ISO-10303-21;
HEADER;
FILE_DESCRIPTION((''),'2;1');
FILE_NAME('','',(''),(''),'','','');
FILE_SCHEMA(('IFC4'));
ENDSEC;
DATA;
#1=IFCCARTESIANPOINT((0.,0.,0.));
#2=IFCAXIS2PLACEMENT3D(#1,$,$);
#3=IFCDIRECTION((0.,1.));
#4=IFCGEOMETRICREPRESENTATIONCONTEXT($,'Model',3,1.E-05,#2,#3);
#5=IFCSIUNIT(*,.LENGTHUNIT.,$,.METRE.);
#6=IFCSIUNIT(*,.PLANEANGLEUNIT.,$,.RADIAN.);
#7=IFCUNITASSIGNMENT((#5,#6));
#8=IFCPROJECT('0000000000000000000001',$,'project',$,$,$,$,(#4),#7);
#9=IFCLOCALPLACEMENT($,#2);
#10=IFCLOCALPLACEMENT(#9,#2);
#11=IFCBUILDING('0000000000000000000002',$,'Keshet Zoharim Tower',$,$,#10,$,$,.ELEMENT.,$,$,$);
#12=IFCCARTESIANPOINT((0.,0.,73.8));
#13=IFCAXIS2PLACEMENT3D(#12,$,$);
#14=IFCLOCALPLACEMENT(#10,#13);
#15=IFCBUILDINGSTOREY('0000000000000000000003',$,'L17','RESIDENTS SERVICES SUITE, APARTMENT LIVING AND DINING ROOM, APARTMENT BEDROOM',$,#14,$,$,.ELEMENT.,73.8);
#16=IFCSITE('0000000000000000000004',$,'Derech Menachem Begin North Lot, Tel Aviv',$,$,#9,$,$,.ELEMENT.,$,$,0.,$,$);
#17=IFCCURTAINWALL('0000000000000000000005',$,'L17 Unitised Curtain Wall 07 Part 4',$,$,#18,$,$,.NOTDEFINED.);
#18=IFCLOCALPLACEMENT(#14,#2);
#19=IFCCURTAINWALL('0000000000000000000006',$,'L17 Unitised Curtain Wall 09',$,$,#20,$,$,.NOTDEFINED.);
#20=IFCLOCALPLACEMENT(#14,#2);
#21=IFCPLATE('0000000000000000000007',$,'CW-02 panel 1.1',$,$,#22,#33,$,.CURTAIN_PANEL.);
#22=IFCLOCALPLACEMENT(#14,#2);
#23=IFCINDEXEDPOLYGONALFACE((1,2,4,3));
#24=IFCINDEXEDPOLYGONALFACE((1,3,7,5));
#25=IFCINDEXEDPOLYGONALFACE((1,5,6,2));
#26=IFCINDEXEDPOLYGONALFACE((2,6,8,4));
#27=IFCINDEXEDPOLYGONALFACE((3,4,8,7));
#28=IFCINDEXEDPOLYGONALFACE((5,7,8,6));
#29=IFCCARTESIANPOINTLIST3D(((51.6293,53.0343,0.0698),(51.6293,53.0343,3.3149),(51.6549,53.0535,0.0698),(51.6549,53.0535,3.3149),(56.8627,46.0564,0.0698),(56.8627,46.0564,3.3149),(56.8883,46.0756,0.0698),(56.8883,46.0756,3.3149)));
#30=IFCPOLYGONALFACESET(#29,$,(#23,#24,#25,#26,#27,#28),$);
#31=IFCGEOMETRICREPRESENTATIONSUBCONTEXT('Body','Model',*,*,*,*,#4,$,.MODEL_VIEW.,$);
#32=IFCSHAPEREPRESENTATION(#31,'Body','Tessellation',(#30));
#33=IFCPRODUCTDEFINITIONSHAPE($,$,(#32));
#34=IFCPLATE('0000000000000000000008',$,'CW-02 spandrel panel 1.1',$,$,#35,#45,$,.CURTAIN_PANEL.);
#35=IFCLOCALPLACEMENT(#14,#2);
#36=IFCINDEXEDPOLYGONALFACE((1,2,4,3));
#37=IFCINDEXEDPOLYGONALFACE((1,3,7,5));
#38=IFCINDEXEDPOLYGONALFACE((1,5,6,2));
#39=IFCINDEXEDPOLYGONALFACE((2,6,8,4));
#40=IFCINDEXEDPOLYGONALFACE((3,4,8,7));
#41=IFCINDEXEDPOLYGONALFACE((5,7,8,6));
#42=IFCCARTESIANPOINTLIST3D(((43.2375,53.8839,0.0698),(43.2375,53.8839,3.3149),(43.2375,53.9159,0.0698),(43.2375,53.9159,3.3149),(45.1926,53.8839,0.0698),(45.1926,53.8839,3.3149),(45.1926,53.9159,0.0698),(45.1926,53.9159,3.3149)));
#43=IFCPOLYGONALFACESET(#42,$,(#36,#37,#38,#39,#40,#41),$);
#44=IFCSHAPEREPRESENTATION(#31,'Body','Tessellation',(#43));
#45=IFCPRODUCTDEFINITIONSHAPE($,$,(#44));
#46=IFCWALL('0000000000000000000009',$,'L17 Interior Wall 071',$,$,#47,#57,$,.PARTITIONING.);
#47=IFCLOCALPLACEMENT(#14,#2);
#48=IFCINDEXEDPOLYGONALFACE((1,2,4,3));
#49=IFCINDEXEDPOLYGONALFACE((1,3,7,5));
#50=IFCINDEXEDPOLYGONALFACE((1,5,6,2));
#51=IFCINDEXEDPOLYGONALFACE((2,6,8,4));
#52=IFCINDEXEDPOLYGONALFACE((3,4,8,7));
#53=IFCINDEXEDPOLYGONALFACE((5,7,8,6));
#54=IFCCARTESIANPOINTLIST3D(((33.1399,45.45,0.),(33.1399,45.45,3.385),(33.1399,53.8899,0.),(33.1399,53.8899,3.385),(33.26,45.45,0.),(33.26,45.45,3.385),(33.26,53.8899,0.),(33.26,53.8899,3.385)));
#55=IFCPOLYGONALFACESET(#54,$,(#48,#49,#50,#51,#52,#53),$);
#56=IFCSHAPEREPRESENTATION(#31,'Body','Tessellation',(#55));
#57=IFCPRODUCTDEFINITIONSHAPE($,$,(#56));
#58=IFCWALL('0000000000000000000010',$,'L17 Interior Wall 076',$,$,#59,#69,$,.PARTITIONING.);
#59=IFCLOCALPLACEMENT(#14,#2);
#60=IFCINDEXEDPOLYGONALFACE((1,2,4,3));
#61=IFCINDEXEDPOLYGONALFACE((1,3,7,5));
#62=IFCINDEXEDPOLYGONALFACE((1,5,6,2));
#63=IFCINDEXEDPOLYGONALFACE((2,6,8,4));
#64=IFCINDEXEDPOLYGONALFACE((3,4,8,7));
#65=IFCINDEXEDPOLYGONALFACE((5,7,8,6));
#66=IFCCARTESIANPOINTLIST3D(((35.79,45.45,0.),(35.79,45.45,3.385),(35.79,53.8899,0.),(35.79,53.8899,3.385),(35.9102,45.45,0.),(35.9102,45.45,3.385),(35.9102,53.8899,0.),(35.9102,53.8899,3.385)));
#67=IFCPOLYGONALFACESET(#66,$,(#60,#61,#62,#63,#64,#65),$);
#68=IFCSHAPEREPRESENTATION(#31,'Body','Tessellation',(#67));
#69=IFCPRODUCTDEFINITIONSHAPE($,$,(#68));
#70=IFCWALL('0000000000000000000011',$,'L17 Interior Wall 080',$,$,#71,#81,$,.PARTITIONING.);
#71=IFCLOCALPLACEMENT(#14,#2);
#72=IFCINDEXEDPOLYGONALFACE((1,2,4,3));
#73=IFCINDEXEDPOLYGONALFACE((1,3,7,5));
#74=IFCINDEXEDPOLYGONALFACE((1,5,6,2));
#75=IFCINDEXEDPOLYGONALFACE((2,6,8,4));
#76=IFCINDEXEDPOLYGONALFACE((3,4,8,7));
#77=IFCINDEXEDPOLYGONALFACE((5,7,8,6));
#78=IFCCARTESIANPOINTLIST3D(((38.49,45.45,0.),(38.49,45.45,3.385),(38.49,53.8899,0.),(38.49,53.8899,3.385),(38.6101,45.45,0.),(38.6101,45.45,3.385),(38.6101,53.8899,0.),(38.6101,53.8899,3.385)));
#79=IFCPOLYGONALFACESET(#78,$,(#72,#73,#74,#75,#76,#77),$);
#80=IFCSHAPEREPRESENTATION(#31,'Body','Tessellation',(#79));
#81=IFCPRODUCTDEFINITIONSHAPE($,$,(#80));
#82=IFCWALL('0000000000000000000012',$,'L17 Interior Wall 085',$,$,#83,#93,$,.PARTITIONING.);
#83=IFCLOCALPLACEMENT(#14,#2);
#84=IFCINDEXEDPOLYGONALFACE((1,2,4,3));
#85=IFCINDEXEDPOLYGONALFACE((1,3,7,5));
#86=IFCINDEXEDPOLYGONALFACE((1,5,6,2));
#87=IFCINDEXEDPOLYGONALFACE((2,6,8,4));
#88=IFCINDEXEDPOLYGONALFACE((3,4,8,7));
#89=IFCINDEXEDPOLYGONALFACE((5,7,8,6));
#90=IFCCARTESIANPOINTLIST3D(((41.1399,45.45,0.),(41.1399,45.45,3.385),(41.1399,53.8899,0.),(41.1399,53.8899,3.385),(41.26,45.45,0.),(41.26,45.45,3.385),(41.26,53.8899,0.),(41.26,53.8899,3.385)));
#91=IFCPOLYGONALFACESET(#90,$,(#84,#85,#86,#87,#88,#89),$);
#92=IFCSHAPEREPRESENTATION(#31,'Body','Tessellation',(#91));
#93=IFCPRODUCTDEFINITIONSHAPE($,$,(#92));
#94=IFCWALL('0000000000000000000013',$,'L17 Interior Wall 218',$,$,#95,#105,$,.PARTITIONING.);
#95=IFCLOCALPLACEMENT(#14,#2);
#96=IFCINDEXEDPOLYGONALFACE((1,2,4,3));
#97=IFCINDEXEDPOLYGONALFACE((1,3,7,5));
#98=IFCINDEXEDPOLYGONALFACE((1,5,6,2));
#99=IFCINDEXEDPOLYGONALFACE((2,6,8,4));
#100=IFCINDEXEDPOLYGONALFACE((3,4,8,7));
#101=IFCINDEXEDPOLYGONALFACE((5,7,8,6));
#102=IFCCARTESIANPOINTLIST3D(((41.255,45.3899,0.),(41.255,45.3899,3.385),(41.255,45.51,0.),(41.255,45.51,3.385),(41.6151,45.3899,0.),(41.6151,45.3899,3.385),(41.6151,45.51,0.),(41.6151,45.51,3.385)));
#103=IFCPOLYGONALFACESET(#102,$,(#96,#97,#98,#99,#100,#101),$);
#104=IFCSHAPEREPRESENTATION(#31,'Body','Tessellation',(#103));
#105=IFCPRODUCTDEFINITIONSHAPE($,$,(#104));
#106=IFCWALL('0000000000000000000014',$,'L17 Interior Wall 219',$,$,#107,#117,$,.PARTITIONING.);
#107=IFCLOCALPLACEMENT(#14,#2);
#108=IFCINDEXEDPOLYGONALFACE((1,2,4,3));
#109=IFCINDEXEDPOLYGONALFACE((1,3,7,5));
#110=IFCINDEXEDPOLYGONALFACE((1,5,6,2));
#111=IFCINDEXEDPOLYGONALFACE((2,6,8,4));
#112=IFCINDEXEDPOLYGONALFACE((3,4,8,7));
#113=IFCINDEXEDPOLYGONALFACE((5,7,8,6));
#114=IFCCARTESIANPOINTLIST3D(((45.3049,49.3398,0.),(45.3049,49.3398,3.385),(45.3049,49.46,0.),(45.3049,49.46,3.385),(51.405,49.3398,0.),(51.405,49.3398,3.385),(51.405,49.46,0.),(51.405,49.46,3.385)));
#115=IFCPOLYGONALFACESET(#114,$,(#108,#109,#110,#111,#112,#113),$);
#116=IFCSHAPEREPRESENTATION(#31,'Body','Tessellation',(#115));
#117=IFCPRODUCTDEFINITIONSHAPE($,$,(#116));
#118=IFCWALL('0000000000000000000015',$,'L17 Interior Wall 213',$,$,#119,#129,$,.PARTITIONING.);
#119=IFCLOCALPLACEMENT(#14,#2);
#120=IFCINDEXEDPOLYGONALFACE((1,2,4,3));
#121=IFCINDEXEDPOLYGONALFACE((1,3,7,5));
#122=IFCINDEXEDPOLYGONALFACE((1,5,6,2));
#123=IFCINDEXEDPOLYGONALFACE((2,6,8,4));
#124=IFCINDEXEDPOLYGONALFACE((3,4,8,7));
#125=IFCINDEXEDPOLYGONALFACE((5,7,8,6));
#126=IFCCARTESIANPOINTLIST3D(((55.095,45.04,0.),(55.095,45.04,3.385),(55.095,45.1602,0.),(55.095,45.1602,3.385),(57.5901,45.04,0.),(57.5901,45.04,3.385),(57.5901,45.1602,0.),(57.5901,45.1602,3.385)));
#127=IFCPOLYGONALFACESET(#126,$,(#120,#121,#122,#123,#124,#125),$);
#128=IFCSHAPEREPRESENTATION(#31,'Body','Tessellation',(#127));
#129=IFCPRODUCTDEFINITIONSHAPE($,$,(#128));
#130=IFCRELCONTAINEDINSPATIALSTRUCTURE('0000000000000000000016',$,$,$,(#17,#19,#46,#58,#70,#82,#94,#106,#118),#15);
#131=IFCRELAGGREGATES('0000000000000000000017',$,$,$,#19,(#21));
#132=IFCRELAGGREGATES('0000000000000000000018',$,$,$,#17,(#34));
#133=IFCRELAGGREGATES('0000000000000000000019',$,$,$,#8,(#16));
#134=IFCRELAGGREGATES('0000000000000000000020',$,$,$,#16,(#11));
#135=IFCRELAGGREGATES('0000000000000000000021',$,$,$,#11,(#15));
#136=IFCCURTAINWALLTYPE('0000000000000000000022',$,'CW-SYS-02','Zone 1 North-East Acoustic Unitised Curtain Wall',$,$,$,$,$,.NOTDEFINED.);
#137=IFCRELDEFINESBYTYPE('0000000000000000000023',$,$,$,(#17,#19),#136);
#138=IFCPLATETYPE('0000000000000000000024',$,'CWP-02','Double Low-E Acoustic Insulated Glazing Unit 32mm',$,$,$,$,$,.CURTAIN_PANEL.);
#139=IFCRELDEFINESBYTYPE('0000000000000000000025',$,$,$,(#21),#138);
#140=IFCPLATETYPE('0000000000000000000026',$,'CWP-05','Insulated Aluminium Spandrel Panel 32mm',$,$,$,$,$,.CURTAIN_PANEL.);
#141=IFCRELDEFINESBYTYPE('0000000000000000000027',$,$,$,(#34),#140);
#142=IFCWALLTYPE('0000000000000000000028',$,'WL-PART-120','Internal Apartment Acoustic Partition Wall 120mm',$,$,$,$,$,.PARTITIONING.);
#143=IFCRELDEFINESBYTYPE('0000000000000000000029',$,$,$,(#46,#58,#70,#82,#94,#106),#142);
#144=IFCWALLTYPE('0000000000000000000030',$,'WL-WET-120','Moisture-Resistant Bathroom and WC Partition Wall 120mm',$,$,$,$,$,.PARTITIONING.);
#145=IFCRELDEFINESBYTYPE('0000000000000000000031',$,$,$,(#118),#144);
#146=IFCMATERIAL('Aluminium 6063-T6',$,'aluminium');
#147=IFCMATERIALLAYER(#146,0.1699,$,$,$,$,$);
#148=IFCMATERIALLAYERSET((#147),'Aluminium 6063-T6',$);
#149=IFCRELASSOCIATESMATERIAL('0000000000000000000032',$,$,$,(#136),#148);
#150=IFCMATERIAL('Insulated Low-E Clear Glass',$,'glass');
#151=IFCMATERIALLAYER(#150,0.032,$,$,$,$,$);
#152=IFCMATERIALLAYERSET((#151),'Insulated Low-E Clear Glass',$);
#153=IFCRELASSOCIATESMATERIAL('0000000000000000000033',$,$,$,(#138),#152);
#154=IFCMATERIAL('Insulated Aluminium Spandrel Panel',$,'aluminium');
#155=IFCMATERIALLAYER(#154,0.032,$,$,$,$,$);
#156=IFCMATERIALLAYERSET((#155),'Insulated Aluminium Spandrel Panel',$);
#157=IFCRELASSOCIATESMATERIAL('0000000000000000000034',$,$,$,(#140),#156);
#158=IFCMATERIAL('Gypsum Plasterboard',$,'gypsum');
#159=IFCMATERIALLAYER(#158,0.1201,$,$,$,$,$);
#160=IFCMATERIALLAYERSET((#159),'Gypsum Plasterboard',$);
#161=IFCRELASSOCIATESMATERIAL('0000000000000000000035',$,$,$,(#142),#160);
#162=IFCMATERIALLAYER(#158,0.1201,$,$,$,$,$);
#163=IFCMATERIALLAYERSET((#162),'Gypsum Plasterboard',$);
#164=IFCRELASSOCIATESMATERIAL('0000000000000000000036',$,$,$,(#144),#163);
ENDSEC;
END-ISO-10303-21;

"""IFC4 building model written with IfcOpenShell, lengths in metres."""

from ifc_helpers import new_model, si_unit, direction, frame, frame_2d, origin, origin_2d, place, context, subcontext, project, spatial, rectangle, extrude, material, layer, layer_set, type_object, element, aggregate, save


model = new_model("IFC4")

# Units and contexts
model_context = context("Model", 3, precision=1e-05, world=origin(), true_north=direction((0.0, 1.0)))
body_context = subcontext(model_context, "Body", "Model", "MODEL_VIEW")
ifc_project = project(units=[si_unit("LENGTHUNIT", "METRE"), si_unit("PLANEANGLEUNIT", "RADIAN")], contexts=[model_context])

# Site, building, storey
site_placement = place(None, origin())
site = spatial("IfcSite", under=ifc_project, at=site_placement, Name="Derech Menachem Begin North Lot, Tel Aviv", CompositionType="ELEMENT", RefElevation=0.0)
building_placement = place(site_placement, origin())
building = spatial("IfcBuilding", under=site, at=building_placement, Name="Keshet Zoharim Tower", CompositionType="ELEMENT")
storey_placement = place(building_placement, frame((0.0, 0.0, 73.8)))
storey = spatial("IfcBuildingStorey", under=building, at=storey_placement, Name="L17", Description="RESIDENTS SERVICES SUITE, APARTMENT LIVING AND DINING ROOM, APARTMENT BEDROOM", CompositionType="ELEMENT", Elevation=73.8)

# Curtain wall
ifc_material_1 = material(Name="Aluminium 6063-T6", Category="aluminium")
ifc_layer_1 = layer(ifc_material_1, 0.1699)
ifc_layer_set_1 = layer_set([ifc_layer_1], Name="Aluminium 6063-T6")
curtain_wall_type = type_object("IfcCurtainWallType", Name="CW-SYS-02", Description="Zone 1 North-East Acoustic Unitised Curtain Wall", PredefinedType="NOTDEFINED", material=ifc_layer_set_1)
curtain_wall_1_placement = place(storey_placement, origin())
curtain_wall_1 = element("IfcCurtainWall", 1, at=curtain_wall_1_placement, inside=storey, type_object=curtain_wall_type, Name="L17 Unitised Curtain Wall 07 Part 4", PredefinedType="NOTDEFINED")

# Curtain wall
curtain_wall_2_placement = place(storey_placement, origin())
curtain_wall_2 = element("IfcCurtainWall", 2, at=curtain_wall_2_placement, inside=storey, type_object=curtain_wall_type, Name="L17 Unitised Curtain Wall 09", PredefinedType="NOTDEFINED")

# Plates
ifc_material_2 = material(Name="Insulated Low-E Clear Glass", Category="glass")
ifc_layer_2 = layer(ifc_material_2, 0.032)
ifc_layer_set_2 = layer_set([ifc_layer_2], Name="Insulated Low-E Clear Glass")
plate_type_1 = type_object("IfcPlateType", Name="CWP-02", Description="Double Low-E Acoustic Insulated Glazing Unit 32mm", PredefinedType="CURTAIN_PANEL", material=ifc_layer_set_2)
plate_1_placement = place(storey_placement, frame((54.2588, 49.5549, 0.0698), z_axis=(0.0, 0.0, 1.0), x_axis=(0.6, -0.8, 0.0)))
plate_1 = element("IfcPlate", 3, at=plate_1_placement, type_object=plate_type_1, Name="CW-02 panel 1.1", PredefinedType="CURTAIN_PANEL", context=body_context, shape_type="SweptSolid", body=[
    extrude(rectangle(XDim=8.7224, YDim=0.032, at=origin_2d()), origin(), (0.0, 0.0, 1.0), 3.2451),
])
aggregate(curtain_wall_2, [plate_1])
ifc_material_3 = material(Name="Insulated Aluminium Spandrel Panel", Category="aluminium")
ifc_layer_3 = layer(ifc_material_3, 0.032)
ifc_layer_set_3 = layer_set([ifc_layer_3], Name="Insulated Aluminium Spandrel Panel")
plate_type_2 = type_object("IfcPlateType", Name="CWP-05", Description="Insulated Aluminium Spandrel Panel 32mm", PredefinedType="CURTAIN_PANEL", material=ifc_layer_set_3)
plate_2_placement = place(storey_placement, frame((44.2151, 53.8999, 0.0698), z_axis=(0.0, 0.0, 1.0), x_axis=(1.0, 0.0, 0.0)))
plate_2 = element("IfcPlate", 4, at=plate_2_placement, type_object=plate_type_2, Name="CW-02 spandrel panel 1.1", PredefinedType="CURTAIN_PANEL", context=body_context, shape_type="SweptSolid", body=[
    extrude(rectangle(XDim=1.9551, YDim=0.032, at=origin_2d()), origin(), (0.0, 0.0, 1.0), 3.2451),
])
aggregate(curtain_wall_1, [plate_2])

# Walls
ifc_material_4 = material(Name="Gypsum Plasterboard", Category="gypsum")
ifc_layer_4 = layer(ifc_material_4, 0.1201)
ifc_layer_set_4 = layer_set([ifc_layer_4], Name="Gypsum Plasterboard")
wall_type_1 = type_object("IfcWallType", Name="WL-PART-120", Description="Internal Apartment Acoustic Partition Wall 120mm", PredefinedType="PARTITIONING", material=ifc_layer_set_4)
for number, where, z_axis, x_axis, name in (
    (5, (33.2, 45.45, 0.0), (0.0, 0.0, 1.0), (0.0, 1.0, 0.0), "L17 Interior Wall 071"),
    (6, (35.8501, 45.45, 0.0), (0.0, 0.0, 1.0), (0.0, 1.0, 0.0), "L17 Interior Wall 076"),
    (7, (38.55, 45.45, 0.0), (0.0, 0.0, 1.0), (0.0, 1.0, 0.0), "L17 Interior Wall 080"),
    (8, (41.2, 45.45, 0.0), (0.0, 0.0, 1.0), (0.0, 1.0, 0.0), "L17 Interior Wall 085"),
):
    element("IfcWall", number, at=place(storey_placement, frame(where, z_axis=z_axis, x_axis=x_axis)), inside=storey, type_object=wall_type_1, Name=name, PredefinedType="PARTITIONING", context=body_context, shape_type="SweptSolid", body=[
        extrude(rectangle(XDim=8.4399, YDim=0.1201, at=frame_2d((4.22, 0.0))), origin(), (0.0, 0.0, 1.0), 3.385),
    ])
wall_1_placement = place(storey_placement, frame((41.2549, 45.45, 0.0), z_axis=(0.0, 0.0, 1.0), x_axis=(1.0, 0.0, 0.0)))
element("IfcWall", 9, at=wall_1_placement, inside=storey, type_object=wall_type_1, Name="L17 Interior Wall 218", PredefinedType="PARTITIONING", context=body_context, shape_type="SweptSolid", body=[
    extrude(rectangle(XDim=0.3601, YDim=0.1201, at=frame_2d((0.1802, 0.0))), origin(), (0.0, 0.0, 1.0), 3.385),
])
wall_2_placement = place(storey_placement, frame((45.3049, 49.3999, 0.0), z_axis=(0.0, 0.0, 1.0), x_axis=(1.0, 0.0, 0.0)))
element("IfcWall", 10, at=wall_2_placement, inside=storey, type_object=wall_type_1, Name="L17 Interior Wall 219", PredefinedType="PARTITIONING", context=body_context, shape_type="SweptSolid", body=[
    extrude(rectangle(XDim=6.1001, YDim=0.1201, at=frame_2d((3.05, 0.0))), origin(), (0.0, 0.0, 1.0), 3.385),
])
ifc_layer_5 = layer(ifc_material_4, 0.1201)
ifc_layer_set_5 = layer_set([ifc_layer_5], Name="Gypsum Plasterboard")
wall_type_2 = type_object("IfcWallType", Name="WL-WET-120", Description="Moisture-Resistant Bathroom and WC Partition Wall 120mm", PredefinedType="PARTITIONING", material=ifc_layer_set_5)
wall_3_placement = place(storey_placement, frame((55.095, 45.1001, 0.0), z_axis=(0.0, 0.0, 1.0), x_axis=(1.0, 0.0, 0.0)))
element("IfcWall", 11, at=wall_3_placement, inside=storey, type_object=wall_type_2, Name="L17 Interior Wall 213", PredefinedType="PARTITIONING", context=body_context, shape_type="SweptSolid", body=[
    extrude(rectangle(XDim=2.4951, YDim=0.1201, at=frame_2d((1.2476, 0.0))), origin(), (0.0, 0.0, 1.0), 3.385),
])

save(model, "model.ifc")
